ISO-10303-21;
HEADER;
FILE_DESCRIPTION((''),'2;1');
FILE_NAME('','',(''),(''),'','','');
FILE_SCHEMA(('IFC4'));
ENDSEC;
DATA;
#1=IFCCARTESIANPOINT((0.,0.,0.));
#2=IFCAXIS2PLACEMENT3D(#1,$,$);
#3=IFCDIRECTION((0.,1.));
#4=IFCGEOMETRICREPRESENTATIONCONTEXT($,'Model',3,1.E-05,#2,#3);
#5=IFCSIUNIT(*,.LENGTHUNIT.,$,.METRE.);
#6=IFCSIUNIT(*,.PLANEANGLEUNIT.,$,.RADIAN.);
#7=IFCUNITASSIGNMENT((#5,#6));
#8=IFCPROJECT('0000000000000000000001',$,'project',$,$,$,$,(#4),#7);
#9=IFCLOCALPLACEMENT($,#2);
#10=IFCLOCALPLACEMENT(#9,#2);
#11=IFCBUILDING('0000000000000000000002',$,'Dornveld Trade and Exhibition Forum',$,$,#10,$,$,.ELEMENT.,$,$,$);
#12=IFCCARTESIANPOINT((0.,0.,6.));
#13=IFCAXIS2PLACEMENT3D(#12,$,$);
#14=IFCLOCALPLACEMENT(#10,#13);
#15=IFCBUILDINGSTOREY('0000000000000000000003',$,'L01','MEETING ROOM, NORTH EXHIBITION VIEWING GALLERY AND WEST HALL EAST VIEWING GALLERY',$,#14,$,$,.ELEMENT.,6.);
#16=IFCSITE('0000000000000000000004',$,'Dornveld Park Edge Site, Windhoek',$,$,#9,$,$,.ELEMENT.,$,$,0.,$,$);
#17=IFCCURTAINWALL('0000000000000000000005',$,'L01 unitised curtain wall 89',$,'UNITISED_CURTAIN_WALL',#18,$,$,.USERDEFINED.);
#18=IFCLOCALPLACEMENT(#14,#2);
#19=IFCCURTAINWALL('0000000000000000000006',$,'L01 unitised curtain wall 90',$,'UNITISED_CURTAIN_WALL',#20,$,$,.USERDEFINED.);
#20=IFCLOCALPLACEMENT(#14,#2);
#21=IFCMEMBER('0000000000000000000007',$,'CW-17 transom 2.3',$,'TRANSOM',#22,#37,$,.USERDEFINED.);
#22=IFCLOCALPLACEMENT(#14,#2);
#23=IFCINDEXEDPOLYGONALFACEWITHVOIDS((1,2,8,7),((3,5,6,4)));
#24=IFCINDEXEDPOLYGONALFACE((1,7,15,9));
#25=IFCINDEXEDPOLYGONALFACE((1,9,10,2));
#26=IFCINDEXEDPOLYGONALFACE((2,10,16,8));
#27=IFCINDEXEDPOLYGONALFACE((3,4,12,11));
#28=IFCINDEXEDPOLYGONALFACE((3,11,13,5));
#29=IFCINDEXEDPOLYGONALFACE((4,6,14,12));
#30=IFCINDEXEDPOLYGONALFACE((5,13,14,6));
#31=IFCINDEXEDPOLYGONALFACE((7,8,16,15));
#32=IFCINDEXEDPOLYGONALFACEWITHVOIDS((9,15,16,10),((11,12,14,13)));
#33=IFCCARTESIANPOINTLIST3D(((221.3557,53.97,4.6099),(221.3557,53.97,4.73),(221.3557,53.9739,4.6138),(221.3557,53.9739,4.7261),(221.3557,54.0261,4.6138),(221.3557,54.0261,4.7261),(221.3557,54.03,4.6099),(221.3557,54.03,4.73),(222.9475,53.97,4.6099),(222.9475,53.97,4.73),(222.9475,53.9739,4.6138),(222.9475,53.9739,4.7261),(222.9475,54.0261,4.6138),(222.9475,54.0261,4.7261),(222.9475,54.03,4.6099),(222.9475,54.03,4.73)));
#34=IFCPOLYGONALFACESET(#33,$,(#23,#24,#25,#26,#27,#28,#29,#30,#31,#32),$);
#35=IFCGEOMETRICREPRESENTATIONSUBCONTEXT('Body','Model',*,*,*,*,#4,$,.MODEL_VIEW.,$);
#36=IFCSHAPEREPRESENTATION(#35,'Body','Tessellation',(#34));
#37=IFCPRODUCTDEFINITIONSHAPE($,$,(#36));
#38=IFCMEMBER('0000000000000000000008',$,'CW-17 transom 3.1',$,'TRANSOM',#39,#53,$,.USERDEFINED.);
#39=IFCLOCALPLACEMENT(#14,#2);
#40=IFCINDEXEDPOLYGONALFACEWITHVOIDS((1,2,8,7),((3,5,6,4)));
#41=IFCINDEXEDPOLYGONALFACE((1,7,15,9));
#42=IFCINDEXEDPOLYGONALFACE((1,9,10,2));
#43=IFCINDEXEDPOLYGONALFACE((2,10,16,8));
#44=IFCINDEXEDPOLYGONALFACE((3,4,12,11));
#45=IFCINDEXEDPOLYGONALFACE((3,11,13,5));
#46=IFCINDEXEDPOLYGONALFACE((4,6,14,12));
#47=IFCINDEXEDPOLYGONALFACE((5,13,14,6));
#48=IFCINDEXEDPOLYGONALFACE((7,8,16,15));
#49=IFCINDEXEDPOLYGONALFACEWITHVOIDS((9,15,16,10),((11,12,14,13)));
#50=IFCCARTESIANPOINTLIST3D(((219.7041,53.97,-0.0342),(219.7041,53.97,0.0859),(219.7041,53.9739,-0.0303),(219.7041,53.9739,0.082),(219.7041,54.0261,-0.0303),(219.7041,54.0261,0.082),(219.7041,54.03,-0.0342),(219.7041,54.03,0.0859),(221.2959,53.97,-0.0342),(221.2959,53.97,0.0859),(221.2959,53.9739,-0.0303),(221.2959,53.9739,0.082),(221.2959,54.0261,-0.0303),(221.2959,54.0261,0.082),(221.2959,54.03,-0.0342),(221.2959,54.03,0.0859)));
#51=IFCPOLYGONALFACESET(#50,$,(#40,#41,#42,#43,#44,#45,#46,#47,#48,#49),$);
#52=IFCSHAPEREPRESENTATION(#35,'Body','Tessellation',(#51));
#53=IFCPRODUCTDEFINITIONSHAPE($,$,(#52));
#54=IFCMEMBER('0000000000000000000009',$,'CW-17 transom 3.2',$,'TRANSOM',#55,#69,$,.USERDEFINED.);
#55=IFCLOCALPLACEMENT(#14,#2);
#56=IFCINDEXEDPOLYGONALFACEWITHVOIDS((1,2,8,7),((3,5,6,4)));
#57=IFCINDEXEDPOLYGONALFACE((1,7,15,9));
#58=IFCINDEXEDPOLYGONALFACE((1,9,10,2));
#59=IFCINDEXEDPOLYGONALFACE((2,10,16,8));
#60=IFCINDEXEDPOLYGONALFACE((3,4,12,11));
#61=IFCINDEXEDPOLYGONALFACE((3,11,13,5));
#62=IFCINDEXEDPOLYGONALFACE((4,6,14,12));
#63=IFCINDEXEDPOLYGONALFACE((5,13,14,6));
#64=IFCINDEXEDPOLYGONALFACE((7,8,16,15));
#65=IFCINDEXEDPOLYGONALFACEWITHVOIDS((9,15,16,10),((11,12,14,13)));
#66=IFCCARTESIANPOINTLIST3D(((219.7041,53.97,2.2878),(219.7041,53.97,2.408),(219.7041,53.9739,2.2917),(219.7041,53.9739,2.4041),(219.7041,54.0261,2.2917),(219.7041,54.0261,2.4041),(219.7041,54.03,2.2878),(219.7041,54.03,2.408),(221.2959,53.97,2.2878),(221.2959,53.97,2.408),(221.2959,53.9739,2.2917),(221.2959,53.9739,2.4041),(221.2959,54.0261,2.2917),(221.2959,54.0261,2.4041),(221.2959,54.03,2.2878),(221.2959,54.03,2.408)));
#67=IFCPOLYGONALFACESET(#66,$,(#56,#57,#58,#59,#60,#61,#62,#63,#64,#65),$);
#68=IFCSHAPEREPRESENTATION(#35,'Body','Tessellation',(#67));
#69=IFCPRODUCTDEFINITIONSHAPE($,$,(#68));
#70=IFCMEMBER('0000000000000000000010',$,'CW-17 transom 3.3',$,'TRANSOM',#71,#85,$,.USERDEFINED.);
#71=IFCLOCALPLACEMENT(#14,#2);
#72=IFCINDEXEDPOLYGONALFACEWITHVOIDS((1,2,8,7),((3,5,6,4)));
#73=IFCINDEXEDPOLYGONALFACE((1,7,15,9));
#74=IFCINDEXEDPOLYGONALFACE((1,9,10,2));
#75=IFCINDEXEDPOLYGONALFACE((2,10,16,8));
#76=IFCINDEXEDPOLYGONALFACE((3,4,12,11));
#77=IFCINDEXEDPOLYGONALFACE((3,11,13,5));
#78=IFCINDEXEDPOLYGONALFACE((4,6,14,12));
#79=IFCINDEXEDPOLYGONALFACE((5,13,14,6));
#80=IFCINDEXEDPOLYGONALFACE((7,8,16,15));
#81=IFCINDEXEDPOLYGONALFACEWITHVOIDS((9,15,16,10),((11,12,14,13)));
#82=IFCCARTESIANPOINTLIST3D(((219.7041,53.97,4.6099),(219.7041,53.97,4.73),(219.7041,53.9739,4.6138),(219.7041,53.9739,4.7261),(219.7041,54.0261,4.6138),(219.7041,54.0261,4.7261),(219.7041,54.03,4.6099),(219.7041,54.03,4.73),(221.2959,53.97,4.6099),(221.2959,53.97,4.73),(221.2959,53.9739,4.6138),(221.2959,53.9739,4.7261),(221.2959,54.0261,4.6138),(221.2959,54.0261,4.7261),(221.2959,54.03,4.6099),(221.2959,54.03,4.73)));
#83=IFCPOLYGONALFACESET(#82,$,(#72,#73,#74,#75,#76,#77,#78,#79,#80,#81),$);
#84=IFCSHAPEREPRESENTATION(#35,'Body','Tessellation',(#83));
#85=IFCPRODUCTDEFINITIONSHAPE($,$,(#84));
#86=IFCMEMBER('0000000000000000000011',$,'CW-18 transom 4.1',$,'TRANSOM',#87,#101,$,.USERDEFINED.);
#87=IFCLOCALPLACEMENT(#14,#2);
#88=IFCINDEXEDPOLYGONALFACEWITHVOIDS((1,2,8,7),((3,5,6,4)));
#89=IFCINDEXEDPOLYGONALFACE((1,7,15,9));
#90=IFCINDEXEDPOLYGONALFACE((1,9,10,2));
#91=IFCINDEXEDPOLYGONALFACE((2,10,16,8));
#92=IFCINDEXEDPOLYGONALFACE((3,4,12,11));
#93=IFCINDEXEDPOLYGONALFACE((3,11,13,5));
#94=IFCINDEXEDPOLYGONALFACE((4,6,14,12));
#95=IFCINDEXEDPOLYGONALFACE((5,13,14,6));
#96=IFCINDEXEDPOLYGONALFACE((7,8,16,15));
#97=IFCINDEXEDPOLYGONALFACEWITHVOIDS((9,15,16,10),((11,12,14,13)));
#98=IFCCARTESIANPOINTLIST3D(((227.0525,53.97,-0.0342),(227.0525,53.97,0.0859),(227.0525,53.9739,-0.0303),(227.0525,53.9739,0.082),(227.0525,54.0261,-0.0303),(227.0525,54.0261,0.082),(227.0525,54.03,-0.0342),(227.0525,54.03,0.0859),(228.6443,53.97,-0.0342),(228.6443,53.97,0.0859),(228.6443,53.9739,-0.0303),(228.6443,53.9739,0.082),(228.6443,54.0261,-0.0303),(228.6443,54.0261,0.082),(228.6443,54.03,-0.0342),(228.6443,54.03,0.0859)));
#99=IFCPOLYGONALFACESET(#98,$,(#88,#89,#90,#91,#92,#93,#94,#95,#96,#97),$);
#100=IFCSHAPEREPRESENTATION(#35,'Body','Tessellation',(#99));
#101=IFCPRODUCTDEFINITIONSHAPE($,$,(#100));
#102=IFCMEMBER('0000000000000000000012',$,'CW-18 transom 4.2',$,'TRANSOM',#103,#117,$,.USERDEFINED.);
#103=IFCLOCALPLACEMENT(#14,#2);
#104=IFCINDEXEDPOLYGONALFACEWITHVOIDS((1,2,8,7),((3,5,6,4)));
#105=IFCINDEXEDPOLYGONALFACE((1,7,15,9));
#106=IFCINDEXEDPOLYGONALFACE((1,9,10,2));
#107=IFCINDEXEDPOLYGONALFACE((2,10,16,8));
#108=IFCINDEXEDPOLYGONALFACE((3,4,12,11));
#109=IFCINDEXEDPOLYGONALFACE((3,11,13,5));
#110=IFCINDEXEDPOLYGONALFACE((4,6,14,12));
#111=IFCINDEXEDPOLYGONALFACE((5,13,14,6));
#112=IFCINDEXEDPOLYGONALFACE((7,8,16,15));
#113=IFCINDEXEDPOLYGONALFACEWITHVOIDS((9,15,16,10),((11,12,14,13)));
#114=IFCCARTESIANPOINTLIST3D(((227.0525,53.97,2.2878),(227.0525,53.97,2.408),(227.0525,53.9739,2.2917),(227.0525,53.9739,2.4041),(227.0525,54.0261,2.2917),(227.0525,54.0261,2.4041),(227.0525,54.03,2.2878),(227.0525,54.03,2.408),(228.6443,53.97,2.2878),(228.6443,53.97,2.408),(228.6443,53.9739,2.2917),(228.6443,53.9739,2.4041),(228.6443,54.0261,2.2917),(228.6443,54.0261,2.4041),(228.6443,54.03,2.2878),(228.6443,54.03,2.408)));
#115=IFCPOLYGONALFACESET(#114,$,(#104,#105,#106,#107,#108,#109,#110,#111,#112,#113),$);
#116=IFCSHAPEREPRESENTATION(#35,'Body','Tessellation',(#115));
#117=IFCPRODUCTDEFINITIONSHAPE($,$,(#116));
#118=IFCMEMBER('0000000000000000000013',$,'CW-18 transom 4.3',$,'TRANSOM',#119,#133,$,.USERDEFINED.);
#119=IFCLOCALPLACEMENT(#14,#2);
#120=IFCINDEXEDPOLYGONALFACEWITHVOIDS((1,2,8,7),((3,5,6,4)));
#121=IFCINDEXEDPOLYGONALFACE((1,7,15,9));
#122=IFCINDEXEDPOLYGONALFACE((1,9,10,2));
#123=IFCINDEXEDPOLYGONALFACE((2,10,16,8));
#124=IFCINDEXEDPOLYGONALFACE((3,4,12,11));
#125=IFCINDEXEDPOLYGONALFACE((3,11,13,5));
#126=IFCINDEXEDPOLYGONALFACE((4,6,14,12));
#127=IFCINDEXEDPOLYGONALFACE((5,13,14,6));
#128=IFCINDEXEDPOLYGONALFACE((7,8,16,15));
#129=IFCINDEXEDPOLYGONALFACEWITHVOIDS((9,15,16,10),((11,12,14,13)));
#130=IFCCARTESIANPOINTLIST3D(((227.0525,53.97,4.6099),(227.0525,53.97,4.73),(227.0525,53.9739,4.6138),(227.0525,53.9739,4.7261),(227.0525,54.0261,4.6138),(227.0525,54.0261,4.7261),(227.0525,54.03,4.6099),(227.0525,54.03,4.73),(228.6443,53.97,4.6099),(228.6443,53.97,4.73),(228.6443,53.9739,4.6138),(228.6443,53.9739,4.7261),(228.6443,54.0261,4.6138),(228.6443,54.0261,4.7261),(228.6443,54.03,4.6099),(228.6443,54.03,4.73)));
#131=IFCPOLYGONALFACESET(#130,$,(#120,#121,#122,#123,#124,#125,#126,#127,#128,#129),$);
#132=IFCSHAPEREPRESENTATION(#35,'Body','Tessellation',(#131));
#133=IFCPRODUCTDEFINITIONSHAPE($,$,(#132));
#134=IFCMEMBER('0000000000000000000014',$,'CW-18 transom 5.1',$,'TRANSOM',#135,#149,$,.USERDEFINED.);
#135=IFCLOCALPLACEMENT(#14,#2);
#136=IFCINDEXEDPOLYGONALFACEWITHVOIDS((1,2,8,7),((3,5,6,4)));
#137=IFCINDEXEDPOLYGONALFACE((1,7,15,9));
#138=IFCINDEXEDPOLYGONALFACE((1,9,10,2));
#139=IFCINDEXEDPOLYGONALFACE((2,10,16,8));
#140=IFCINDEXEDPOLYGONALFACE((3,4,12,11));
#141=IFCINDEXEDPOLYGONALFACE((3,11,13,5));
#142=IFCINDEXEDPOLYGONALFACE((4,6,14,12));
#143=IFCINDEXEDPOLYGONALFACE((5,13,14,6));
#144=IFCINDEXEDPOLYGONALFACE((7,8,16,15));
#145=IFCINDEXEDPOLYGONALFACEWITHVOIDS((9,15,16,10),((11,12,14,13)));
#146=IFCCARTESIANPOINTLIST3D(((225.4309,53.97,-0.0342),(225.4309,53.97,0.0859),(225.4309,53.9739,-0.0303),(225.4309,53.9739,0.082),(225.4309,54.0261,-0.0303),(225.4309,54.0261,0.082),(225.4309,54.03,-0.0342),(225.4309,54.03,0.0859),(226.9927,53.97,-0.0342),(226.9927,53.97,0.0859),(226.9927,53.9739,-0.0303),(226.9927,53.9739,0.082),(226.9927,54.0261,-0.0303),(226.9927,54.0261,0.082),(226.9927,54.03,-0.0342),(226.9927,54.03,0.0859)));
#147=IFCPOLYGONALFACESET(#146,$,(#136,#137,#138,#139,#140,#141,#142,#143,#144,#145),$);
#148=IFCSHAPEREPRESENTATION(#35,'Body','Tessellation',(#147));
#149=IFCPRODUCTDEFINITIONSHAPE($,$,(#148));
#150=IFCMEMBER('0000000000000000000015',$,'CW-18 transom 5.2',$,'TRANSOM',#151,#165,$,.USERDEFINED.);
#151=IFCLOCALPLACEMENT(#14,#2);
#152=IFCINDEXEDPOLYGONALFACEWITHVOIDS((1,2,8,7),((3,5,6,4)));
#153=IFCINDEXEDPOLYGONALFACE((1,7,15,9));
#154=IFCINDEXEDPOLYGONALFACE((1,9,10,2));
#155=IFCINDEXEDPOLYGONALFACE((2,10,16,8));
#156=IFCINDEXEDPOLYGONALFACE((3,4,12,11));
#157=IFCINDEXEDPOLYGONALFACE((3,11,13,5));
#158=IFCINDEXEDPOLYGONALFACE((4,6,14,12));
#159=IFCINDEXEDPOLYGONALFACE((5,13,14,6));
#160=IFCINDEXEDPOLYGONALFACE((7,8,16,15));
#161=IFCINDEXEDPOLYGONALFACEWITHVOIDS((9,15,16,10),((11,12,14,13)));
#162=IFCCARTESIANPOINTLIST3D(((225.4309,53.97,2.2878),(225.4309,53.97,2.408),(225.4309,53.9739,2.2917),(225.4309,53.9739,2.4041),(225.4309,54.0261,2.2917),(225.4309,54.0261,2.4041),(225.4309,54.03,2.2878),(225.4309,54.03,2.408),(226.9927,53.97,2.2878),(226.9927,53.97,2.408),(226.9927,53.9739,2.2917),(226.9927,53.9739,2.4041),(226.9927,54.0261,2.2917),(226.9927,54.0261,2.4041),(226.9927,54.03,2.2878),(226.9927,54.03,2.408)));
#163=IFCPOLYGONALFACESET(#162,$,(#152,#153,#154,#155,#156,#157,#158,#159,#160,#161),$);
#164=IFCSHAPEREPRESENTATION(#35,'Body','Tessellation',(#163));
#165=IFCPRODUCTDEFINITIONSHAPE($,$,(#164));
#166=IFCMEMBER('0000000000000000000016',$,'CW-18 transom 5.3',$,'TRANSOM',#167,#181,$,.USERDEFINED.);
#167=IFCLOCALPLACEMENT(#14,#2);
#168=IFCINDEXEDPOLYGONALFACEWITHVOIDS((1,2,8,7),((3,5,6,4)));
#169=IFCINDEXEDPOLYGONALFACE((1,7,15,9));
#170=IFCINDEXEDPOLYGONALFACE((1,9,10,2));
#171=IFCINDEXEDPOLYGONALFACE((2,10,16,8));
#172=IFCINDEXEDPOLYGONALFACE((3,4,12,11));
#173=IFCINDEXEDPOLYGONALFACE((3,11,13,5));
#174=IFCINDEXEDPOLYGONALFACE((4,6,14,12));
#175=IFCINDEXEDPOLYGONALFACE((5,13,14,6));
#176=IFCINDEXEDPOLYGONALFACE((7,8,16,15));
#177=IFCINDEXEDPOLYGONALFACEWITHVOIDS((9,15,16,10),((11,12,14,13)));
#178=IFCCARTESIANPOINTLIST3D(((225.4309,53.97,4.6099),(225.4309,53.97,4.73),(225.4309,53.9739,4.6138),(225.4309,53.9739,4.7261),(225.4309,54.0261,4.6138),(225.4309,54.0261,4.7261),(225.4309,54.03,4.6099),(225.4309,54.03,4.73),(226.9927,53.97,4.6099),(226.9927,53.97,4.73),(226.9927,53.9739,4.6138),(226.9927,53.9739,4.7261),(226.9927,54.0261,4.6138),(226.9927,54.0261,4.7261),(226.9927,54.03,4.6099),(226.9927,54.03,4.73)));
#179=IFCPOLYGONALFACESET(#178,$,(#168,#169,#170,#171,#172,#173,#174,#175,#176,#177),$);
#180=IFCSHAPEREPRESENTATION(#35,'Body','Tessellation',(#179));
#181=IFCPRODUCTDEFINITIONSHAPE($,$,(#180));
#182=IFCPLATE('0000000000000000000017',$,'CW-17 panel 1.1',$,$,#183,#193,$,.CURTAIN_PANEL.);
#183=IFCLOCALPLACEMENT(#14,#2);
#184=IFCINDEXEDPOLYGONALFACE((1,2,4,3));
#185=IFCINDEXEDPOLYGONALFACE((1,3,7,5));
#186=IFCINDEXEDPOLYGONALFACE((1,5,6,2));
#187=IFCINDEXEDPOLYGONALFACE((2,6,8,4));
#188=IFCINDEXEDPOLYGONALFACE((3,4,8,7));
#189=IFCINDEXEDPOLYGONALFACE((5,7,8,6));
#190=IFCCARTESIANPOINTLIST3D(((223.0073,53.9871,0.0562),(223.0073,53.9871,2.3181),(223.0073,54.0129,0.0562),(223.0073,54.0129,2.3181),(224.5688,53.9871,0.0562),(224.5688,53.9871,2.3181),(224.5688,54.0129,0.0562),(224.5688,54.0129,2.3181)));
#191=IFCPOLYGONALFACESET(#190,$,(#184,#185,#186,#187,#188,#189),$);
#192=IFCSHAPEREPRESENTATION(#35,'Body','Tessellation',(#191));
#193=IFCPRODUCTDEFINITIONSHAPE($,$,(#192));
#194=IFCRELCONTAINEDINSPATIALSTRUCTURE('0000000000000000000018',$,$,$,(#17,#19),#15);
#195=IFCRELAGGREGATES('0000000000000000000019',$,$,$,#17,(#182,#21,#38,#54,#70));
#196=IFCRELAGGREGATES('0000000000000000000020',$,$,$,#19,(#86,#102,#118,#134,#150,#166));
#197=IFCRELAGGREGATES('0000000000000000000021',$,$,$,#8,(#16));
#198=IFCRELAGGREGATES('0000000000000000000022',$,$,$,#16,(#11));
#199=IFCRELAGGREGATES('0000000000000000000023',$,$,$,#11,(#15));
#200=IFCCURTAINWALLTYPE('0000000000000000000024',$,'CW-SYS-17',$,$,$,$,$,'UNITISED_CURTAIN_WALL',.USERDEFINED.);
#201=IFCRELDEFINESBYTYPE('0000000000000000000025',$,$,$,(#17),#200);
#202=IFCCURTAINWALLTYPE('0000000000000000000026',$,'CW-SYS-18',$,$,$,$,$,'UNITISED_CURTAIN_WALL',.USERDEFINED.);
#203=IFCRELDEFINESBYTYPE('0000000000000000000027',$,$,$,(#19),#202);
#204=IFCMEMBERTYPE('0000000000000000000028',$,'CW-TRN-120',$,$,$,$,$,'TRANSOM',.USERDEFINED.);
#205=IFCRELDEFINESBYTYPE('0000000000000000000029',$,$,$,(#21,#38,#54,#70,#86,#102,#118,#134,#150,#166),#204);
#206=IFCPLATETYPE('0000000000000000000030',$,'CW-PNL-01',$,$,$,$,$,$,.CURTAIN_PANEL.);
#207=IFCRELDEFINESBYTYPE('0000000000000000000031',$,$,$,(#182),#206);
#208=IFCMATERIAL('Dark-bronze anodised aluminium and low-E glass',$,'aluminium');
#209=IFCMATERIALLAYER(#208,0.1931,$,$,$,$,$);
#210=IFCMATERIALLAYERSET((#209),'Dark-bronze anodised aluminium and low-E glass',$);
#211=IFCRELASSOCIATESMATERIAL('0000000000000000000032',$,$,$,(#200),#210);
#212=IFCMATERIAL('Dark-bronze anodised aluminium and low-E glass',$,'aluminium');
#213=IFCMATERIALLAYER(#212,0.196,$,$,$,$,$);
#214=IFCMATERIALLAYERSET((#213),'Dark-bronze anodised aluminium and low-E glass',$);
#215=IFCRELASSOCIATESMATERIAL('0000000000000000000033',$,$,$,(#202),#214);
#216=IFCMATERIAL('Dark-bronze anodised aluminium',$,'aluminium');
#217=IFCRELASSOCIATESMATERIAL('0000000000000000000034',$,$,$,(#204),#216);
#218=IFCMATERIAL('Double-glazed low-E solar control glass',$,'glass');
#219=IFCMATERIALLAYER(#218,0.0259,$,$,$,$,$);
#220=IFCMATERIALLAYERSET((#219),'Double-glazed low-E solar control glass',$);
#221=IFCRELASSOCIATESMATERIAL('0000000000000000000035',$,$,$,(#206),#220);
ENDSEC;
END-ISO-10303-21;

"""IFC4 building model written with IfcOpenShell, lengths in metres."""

from ifc_helpers import new_model, si_unit, direction, frame, origin, origin_2d, place, context, subcontext, project, spatial, rectangle, hollow_rectangle, extrude, material, layer, layer_set, material_profile, profile_set, type_object, element, aggregate, save


model = new_model("IFC4")

# Units and contexts
model_context = context("Model", 3, precision=1e-05, world=origin(), true_north=direction((0.0, 1.0)))
body_context = subcontext(model_context, "Body", "Model", "MODEL_VIEW")
ifc_project = project(units=[si_unit("LENGTHUNIT", "METRE"), si_unit("PLANEANGLEUNIT", "RADIAN")], contexts=[model_context])

# Site, building, storey
site_placement = place(None, origin())
site = spatial("IfcSite", under=ifc_project, at=site_placement, Name="Dornveld Park Edge Site, Windhoek", CompositionType="ELEMENT", RefElevation=0.0)
building_placement = place(site_placement, origin())
building = spatial("IfcBuilding", under=site, at=building_placement, Name="Dornveld Trade and Exhibition Forum", CompositionType="ELEMENT")
storey_placement = place(building_placement, frame((0.0, 0.0, 6.0)))
storey = spatial("IfcBuildingStorey", under=building, at=storey_placement, Name="L01", Description="MEETING ROOM, NORTH EXHIBITION VIEWING GALLERY AND WEST HALL EAST VIEWING GALLERY", CompositionType="ELEMENT", Elevation=6.0)

# Curtain walls
ifc_material_1 = material(Name="Dark-bronze anodised aluminium and low-E glass", Category="aluminium")
ifc_layer_1 = layer(ifc_material_1, 0.1931)
ifc_layer_set_1 = layer_set([ifc_layer_1], Name="Dark-bronze anodised aluminium and low-E glass")
curtain_wall_type_1 = type_object("IfcCurtainWallType", Name="CW-SYS-17", ElementType="UNITISED_CURTAIN_WALL", PredefinedType="USERDEFINED", material=ifc_layer_set_1)
curtain_wall_1_placement = place(storey_placement, origin())
curtain_wall_1 = element("IfcCurtainWall", 1, at=curtain_wall_1_placement, inside=storey, type_object=curtain_wall_type_1, Name="L01 unitised curtain wall 89", ObjectType="UNITISED_CURTAIN_WALL", PredefinedType="USERDEFINED")
ifc_material_2 = material(Name="Dark-bronze anodised aluminium and low-E glass", Category="aluminium")
ifc_layer_2 = layer(ifc_material_2, 0.196)
ifc_layer_set_2 = layer_set([ifc_layer_2], Name="Dark-bronze anodised aluminium and low-E glass")
curtain_wall_type_2 = type_object("IfcCurtainWallType", Name="CW-SYS-18", ElementType="UNITISED_CURTAIN_WALL", PredefinedType="USERDEFINED", material=ifc_layer_set_2)
curtain_wall_2_placement = place(storey_placement, origin())
curtain_wall_2 = element("IfcCurtainWall", 2, at=curtain_wall_2_placement, inside=storey, type_object=curtain_wall_type_2, Name="L01 unitised curtain wall 90", ObjectType="UNITISED_CURTAIN_WALL", PredefinedType="USERDEFINED")

# Members
ifc_material_3 = material(Name="Dark-bronze anodised aluminium", Category="aluminium")
ifc_material_profile_1 = material_profile(ifc_material_3, hollow_rectangle(XDim=0.0601, YDim=0.1201, WallThickness=0.0039, at=origin_2d()), Name="RHS 120x60x4")
ifc_profile_set_1 = profile_set([ifc_material_profile_1], Name="Dark-bronze anodised aluminium")
member_type_1 = type_object("IfcMemberType", Name="CW-TRN-120", ElementType="TRANSOM", PredefinedType="USERDEFINED", material=ifc_profile_set_1)
member_1_placement = place(storey_placement, frame((222.9475, 54.0, 4.6699), z_axis=(-1.0, 0.0, 0.0), x_axis=(0.0, -1.0, 0.0)))
member_1 = element("IfcMember", 3, at=member_1_placement, type_object=member_type_1, Name="CW-17 transom 2.3", ObjectType="TRANSOM", PredefinedType="USERDEFINED", context=body_context, shape_type="SweptSolid", body=[
    extrude(hollow_rectangle(XDim=0.0601, YDim=0.1201, WallThickness=0.0039, at=origin_2d()), origin(), (0.0, 0.0, 1.0), 1.5918),
])
member_2_placement = place(storey_placement, frame((221.2959, 54.0, 0.0259), z_axis=(-1.0, 0.0, 0.0), x_axis=(0.0, -1.0, 0.0)))
member_2 = element("IfcMember", 4, at=member_2_placement, type_object=member_type_1, Name="CW-17 transom 3.1", ObjectType="TRANSOM", PredefinedType="USERDEFINED", context=body_context, shape_type="SweptSolid", body=[
    extrude(hollow_rectangle(XDim=0.0601, YDim=0.1201, WallThickness=0.0039, at=origin_2d()), origin(), (0.0, 0.0, 1.0), 1.5918),
])
member_3_placement = place(storey_placement, frame((221.2959, 54.0, 2.3479), z_axis=(-1.0, 0.0, 0.0), x_axis=(0.0, -1.0, 0.0)))
member_3 = element("IfcMember", 5, at=member_3_placement, type_object=member_type_1, Name="CW-17 transom 3.2", ObjectType="TRANSOM", PredefinedType="USERDEFINED", context=body_context, shape_type="SweptSolid", body=[
    extrude(hollow_rectangle(XDim=0.0601, YDim=0.1201, WallThickness=0.0039, at=origin_2d()), origin(), (0.0, 0.0, 1.0), 1.5918),
])
member_4_placement = place(storey_placement, frame((221.2959, 54.0, 4.6699), z_axis=(-1.0, 0.0, 0.0), x_axis=(0.0, -1.0, 0.0)))
member_4 = element("IfcMember", 6, at=member_4_placement, type_object=member_type_1, Name="CW-17 transom 3.3", ObjectType="TRANSOM", PredefinedType="USERDEFINED", context=body_context, shape_type="SweptSolid", body=[
    extrude(hollow_rectangle(XDim=0.0601, YDim=0.1201, WallThickness=0.0039, at=origin_2d()), origin(), (0.0, 0.0, 1.0), 1.5918),
])
member_5_placement = place(storey_placement, frame((228.6443, 54.0, 0.0259), z_axis=(-1.0, 0.0, 0.0), x_axis=(0.0, -1.0, 0.0)))
member_5 = element("IfcMember", 7, at=member_5_placement, type_object=member_type_1, Name="CW-18 transom 4.1", ObjectType="TRANSOM", PredefinedType="USERDEFINED", context=body_context, shape_type="SweptSolid", body=[
    extrude(hollow_rectangle(XDim=0.0601, YDim=0.1201, WallThickness=0.0039, at=origin_2d()), origin(), (0.0, 0.0, 1.0), 1.5918),
])
member_6_placement = place(storey_placement, frame((228.6443, 54.0, 2.3479), z_axis=(-1.0, 0.0, 0.0), x_axis=(0.0, -1.0, 0.0)))
member_6 = element("IfcMember", 8, at=member_6_placement, type_object=member_type_1, Name="CW-18 transom 4.2", ObjectType="TRANSOM", PredefinedType="USERDEFINED", context=body_context, shape_type="SweptSolid", body=[
    extrude(hollow_rectangle(XDim=0.0601, YDim=0.1201, WallThickness=0.0039, at=origin_2d()), origin(), (0.0, 0.0, 1.0), 1.5918),
])
member_7_placement = place(storey_placement, frame((228.6443, 54.0, 4.6699), z_axis=(-1.0, 0.0, 0.0), x_axis=(0.0, -1.0, 0.0)))
member_7 = element("IfcMember", 9, at=member_7_placement, type_object=member_type_1, Name="CW-18 transom 4.3", ObjectType="TRANSOM", PredefinedType="USERDEFINED", context=body_context, shape_type="SweptSolid", body=[
    extrude(hollow_rectangle(XDim=0.0601, YDim=0.1201, WallThickness=0.0039, at=origin_2d()), origin(), (0.0, 0.0, 1.0), 1.5918),
])
member_8_placement = place(storey_placement, frame((226.9927, 54.0, 0.0259), z_axis=(-1.0, 0.0, 0.0), x_axis=(0.0, -1.0, 0.0)))
member_8 = element("IfcMember", 10, at=member_8_placement, type_object=member_type_1, Name="CW-18 transom 5.1", ObjectType="TRANSOM", PredefinedType="USERDEFINED", context=body_context, shape_type="SweptSolid", body=[
    extrude(hollow_rectangle(XDim=0.0601, YDim=0.1201, WallThickness=0.0039, at=origin_2d()), origin(), (0.0, 0.0, 1.0), 1.5618),
])
member_9_placement = place(storey_placement, frame((226.9927, 54.0, 2.3479), z_axis=(-1.0, 0.0, 0.0), x_axis=(0.0, -1.0, 0.0)))
member_9 = element("IfcMember", 11, at=member_9_placement, type_object=member_type_1, Name="CW-18 transom 5.2", ObjectType="TRANSOM", PredefinedType="USERDEFINED", context=body_context, shape_type="SweptSolid", body=[
    extrude(hollow_rectangle(XDim=0.0601, YDim=0.1201, WallThickness=0.0039, at=origin_2d()), origin(), (0.0, 0.0, 1.0), 1.5618),
])
member_10_placement = place(storey_placement, frame((226.9927, 54.0, 4.6699), z_axis=(-1.0, 0.0, 0.0), x_axis=(0.0, -1.0, 0.0)))
member_10 = element("IfcMember", 12, at=member_10_placement, type_object=member_type_1, Name="CW-18 transom 5.3", ObjectType="TRANSOM", PredefinedType="USERDEFINED", context=body_context, shape_type="SweptSolid", body=[
    extrude(hollow_rectangle(XDim=0.0601, YDim=0.1201, WallThickness=0.0039, at=origin_2d()), origin(), (0.0, 0.0, 1.0), 1.5618),
])

# Plate
ifc_material_4 = material(Name="Double-glazed low-E solar control glass", Category="glass")
ifc_layer_3 = layer(ifc_material_4, 0.0259)
ifc_layer_set_3 = layer_set([ifc_layer_3], Name="Double-glazed low-E solar control glass")
plate_type_1 = type_object("IfcPlateType", Name="CW-PNL-01", PredefinedType="CURTAIN_PANEL", material=ifc_layer_set_3)
plate_1_placement = place(storey_placement, frame((223.7881, 54.0, 0.0562), z_axis=(0.0, 0.0, 1.0), x_axis=(-1.0, 0.0, 0.0)))
plate_1 = element("IfcPlate", 13, at=plate_1_placement, type_object=plate_type_1, Name="CW-17 panel 1.1", PredefinedType="CURTAIN_PANEL", context=body_context, shape_type="SweptSolid", body=[
    extrude(rectangle(XDim=1.5615, YDim=0.0259, at=origin_2d()), origin(), (0.0, 0.0, 1.0), 2.262),
])
aggregate(curtain_wall_1, [plate_1, member_1, member_2, member_3, member_4])
aggregate(curtain_wall_2, [member_5, member_6, member_7, member_8, member_9, member_10])

save(model, "model.ifc")
